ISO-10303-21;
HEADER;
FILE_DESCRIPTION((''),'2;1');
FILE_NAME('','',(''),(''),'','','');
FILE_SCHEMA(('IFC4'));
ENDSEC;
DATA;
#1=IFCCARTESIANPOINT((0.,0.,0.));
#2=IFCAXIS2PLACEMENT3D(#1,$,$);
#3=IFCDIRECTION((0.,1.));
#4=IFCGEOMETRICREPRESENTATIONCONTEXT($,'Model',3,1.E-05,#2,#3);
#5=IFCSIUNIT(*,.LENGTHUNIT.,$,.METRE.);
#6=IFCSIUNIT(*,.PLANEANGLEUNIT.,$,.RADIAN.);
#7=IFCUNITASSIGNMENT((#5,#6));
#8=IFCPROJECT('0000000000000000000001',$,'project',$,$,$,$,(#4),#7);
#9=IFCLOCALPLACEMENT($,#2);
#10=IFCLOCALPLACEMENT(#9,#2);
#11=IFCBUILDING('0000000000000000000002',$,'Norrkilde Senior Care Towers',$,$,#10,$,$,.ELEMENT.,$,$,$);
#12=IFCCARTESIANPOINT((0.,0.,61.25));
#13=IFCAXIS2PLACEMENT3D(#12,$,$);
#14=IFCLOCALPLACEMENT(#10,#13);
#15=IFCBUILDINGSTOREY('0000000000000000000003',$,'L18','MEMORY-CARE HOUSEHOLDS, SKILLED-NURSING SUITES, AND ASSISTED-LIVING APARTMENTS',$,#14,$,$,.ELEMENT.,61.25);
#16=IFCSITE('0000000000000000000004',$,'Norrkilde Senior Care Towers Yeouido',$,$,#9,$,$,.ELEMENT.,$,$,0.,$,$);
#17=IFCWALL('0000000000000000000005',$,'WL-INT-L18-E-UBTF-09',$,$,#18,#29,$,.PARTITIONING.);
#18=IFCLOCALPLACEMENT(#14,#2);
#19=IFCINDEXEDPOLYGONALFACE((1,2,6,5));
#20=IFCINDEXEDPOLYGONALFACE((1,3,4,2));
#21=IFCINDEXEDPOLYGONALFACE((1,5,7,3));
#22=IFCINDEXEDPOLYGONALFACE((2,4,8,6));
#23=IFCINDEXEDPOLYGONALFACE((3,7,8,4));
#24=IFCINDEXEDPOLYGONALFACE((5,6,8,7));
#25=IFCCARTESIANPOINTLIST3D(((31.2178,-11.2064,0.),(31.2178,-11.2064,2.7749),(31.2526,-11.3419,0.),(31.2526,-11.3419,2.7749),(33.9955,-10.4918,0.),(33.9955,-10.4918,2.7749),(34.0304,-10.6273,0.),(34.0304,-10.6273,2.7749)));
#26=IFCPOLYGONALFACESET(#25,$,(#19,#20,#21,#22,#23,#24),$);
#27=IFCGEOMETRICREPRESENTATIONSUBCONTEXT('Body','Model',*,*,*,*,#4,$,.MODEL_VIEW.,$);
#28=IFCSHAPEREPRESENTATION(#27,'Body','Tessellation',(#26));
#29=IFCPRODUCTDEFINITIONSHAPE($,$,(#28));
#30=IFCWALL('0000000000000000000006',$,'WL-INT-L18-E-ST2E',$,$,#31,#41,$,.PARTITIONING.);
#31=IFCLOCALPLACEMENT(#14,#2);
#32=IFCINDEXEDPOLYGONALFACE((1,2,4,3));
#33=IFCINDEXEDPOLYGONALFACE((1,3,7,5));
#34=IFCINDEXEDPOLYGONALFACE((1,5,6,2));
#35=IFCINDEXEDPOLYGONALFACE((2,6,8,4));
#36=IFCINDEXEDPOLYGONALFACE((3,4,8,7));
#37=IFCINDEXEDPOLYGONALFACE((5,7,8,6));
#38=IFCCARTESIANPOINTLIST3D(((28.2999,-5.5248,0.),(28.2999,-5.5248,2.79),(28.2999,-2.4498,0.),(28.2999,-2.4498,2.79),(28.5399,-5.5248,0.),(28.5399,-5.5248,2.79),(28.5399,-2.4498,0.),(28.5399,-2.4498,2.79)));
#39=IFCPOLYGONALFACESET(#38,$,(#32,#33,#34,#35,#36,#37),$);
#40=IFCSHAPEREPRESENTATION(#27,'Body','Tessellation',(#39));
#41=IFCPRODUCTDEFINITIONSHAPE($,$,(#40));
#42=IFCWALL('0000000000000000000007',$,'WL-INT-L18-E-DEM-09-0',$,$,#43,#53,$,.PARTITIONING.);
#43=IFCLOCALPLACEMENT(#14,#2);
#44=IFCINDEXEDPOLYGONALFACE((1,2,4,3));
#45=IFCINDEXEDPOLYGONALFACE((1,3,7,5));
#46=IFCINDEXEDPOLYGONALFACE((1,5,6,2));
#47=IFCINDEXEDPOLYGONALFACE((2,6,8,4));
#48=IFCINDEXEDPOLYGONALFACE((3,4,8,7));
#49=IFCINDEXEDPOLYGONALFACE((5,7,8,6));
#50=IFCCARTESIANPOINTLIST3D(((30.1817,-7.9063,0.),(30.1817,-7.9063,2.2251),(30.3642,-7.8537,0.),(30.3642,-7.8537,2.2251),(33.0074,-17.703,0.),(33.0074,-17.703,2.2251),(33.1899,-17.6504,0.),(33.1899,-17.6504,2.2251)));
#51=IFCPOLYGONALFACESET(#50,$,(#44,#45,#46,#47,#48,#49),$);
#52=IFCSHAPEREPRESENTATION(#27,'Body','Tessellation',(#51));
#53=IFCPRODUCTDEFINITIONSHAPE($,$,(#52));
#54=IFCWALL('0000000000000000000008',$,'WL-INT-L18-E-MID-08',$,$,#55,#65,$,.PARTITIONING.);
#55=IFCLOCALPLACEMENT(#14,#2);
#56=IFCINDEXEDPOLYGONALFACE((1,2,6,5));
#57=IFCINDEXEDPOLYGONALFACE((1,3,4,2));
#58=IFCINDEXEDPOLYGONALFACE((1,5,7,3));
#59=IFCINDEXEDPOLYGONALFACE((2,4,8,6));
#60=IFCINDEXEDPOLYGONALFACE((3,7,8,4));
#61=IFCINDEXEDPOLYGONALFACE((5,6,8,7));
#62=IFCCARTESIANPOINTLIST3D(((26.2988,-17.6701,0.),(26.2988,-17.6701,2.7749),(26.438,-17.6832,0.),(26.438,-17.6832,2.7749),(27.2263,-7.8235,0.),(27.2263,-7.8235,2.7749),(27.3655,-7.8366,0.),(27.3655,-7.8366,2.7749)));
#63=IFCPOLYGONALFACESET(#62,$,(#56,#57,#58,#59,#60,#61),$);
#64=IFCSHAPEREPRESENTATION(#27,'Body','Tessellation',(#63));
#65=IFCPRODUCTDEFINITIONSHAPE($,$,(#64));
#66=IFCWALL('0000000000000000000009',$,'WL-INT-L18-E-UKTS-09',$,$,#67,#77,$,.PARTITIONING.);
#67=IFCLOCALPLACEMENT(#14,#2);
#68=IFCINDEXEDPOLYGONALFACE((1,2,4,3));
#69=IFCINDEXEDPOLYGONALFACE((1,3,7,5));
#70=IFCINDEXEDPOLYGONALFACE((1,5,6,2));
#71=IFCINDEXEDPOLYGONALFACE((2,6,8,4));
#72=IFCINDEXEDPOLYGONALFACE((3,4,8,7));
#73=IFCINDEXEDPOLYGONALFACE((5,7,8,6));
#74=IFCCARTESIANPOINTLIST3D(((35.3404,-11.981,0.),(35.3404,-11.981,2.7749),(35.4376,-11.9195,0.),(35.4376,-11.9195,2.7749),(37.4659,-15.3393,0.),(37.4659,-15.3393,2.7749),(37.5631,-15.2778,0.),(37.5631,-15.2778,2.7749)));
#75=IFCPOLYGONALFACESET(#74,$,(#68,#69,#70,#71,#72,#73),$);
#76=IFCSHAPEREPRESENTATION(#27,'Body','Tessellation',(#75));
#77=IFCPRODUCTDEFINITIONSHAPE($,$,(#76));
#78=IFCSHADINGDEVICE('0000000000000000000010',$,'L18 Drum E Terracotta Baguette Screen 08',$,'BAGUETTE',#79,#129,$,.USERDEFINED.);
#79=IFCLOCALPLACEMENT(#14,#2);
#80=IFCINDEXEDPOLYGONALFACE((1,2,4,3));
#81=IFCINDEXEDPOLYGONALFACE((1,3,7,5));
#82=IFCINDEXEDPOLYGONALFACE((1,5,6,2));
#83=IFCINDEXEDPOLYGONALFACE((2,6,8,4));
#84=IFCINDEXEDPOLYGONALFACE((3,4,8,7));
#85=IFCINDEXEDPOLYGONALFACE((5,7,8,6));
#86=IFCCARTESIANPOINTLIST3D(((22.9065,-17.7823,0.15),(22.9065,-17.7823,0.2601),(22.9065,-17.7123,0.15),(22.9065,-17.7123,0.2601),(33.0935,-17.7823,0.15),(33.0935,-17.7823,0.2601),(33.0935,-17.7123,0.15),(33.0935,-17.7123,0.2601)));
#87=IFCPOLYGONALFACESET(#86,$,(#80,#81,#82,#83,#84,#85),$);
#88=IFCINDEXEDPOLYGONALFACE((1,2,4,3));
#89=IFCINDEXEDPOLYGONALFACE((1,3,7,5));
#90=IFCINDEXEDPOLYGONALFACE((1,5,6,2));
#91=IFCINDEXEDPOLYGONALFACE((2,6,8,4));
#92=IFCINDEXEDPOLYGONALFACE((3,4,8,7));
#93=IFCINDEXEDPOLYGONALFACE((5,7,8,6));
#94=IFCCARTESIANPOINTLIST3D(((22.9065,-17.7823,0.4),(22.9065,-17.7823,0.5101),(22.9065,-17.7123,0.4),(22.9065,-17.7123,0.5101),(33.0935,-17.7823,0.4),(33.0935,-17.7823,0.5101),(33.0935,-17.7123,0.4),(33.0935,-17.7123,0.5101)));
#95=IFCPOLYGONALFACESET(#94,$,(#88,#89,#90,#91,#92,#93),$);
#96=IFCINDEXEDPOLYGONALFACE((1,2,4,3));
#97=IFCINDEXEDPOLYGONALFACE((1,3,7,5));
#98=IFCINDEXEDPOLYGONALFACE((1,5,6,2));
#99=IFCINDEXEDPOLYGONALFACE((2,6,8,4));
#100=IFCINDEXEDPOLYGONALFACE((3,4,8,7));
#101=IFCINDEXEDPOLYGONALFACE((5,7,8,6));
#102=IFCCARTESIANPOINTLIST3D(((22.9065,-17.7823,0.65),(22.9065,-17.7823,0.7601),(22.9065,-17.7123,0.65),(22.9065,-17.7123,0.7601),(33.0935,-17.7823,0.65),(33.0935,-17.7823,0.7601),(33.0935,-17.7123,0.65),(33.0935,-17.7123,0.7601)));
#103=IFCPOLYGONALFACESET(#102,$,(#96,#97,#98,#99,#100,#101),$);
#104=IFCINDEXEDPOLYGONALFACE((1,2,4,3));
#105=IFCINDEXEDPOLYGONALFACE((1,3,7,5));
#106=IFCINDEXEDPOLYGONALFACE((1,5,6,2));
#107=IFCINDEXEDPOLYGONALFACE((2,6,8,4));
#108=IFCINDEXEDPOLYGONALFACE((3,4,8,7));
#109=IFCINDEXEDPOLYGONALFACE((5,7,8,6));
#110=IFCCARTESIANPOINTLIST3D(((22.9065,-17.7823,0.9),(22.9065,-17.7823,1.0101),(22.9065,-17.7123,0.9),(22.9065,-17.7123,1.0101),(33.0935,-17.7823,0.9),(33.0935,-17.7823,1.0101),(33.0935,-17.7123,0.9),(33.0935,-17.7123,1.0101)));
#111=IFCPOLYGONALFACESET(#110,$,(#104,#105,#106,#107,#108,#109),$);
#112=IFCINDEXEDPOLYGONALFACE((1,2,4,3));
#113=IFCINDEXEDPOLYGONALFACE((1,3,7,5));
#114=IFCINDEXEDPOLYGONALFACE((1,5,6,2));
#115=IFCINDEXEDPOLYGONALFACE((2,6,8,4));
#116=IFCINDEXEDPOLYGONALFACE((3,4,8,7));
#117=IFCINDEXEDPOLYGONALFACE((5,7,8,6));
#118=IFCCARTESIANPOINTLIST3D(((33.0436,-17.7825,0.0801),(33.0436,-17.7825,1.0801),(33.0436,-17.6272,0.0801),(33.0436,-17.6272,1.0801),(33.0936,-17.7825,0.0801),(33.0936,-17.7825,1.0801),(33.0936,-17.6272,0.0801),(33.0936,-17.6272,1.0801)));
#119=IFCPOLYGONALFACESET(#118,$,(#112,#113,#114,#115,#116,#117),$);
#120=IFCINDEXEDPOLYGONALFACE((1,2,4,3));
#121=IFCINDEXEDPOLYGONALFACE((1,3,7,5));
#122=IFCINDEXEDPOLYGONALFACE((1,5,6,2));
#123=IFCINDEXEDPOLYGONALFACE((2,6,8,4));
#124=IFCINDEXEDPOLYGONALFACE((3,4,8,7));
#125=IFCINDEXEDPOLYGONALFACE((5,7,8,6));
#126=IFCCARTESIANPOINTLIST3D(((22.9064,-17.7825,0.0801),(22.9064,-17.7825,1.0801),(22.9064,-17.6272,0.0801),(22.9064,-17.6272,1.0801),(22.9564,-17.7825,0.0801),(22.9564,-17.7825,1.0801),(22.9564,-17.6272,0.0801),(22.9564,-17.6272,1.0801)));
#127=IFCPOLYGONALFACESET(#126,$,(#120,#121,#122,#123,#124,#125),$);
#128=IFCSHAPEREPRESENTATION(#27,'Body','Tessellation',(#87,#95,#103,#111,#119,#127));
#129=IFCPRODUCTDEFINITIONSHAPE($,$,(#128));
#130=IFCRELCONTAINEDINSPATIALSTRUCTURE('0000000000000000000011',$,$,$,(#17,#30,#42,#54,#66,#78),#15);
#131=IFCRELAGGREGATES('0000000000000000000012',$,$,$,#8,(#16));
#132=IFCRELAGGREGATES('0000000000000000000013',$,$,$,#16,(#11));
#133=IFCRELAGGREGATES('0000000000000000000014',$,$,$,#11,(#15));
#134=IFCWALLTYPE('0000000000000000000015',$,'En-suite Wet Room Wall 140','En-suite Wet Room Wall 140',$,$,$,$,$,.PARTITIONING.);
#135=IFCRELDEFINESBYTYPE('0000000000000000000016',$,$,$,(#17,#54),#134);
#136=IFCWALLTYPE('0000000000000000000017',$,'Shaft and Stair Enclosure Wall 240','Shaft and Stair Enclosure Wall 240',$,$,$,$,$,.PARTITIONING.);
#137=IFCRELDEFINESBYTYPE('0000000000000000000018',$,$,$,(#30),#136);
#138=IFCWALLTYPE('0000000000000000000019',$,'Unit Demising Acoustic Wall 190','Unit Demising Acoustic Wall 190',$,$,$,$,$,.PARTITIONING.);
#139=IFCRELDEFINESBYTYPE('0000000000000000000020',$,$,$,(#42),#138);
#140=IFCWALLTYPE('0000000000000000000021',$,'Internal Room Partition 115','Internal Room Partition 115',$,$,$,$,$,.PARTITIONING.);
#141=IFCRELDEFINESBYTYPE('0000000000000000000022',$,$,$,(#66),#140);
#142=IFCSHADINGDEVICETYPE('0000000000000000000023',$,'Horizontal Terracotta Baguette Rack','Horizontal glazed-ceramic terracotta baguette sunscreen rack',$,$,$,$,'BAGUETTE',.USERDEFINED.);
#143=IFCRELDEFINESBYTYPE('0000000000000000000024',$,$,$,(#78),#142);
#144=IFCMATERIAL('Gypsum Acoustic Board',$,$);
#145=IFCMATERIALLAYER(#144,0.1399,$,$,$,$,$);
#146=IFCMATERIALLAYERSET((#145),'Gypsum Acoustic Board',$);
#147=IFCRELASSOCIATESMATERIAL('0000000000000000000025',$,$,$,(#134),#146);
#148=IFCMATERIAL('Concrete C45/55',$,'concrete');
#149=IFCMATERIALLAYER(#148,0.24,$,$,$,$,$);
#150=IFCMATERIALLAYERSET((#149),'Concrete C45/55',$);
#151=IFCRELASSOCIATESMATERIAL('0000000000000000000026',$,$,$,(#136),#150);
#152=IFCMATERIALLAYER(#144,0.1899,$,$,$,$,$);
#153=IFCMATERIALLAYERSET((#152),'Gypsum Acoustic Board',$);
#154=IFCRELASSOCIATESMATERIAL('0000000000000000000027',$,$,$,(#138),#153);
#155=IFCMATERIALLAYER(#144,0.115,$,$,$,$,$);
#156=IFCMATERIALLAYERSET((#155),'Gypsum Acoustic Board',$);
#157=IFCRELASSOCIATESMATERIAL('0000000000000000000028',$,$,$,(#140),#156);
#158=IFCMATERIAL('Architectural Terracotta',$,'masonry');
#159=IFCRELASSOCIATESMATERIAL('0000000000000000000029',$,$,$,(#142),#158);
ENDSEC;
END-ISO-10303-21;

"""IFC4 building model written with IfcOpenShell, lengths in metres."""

from ifc_helpers import new_model, si_unit, direction, frame, frame_2d, origin, origin_2d, place, context, subcontext, project, spatial, rectangle, extrude, source, transform, mapped, material, layer, layer_set, type_object, type_shapes, element, save


model = new_model("IFC4")

# Units and contexts
model_context = context("Model", 3, precision=1e-05, world=origin(), true_north=direction((0.0, 1.0)))
body_context = subcontext(model_context, "Body", "Model", "MODEL_VIEW")
ifc_project = project(units=[si_unit("LENGTHUNIT", "METRE"), si_unit("PLANEANGLEUNIT", "RADIAN")], contexts=[model_context])

# Site, building, storey
site_placement = place(None, origin())
site = spatial("IfcSite", under=ifc_project, at=site_placement, Name="Norrkilde Senior Care Towers Yeouido", CompositionType="ELEMENT", RefElevation=0.0)
building_placement = place(site_placement, origin())
building = spatial("IfcBuilding", under=site, at=building_placement, Name="Norrkilde Senior Care Towers", CompositionType="ELEMENT")
storey_placement = place(building_placement, frame((0.0, 0.0, 61.25)))
storey = spatial("IfcBuildingStorey", under=building, at=storey_placement, Name="L18", Description="MEMORY-CARE HOUSEHOLDS, SKILLED-NURSING SUITES, AND ASSISTED-LIVING APARTMENTS", CompositionType="ELEMENT", Elevation=61.25)

# Shared definitions
ifc_material_1 = material(Name="Concrete C45/55", Category="concrete")

# Shared definitions
ifc_material_2 = material(Name="Gypsum Acoustic Board")
ifc_layer_1 = layer(ifc_material_2, 0.1399)
ifc_layer_set_1 = layer_set([ifc_layer_1], Name="Gypsum Acoustic Board")
wall_type_1 = type_object("IfcWallType", Name="En-suite Wet Room Wall 140", Description="En-suite Wet Room Wall 140", PredefinedType="PARTITIONING", material=ifc_layer_set_1)

# Walls
shared_shape_1 = source(origin(), body_context, "Body", "SweptSolid", [
    extrude(rectangle(XDim=2.8682, YDim=0.1399, at=frame_2d((1.4341, 0.0))), origin(), (0.0, 0.0, 1.0), 2.7749),
])
wall_1_placement = place(storey_placement, frame((34.0129, -10.5596, 0.0), z_axis=(0.0, 0.0, 1.0), x_axis=(-0.968468, -0.249139, 0.0)))
element("IfcWall", 1, at=wall_1_placement, inside=storey, type_object=wall_type_1, Name="WL-INT-L18-E-UBTF-09", PredefinedType="PARTITIONING", context=body_context, shape_type="MappedRepresentation", body=[
    mapped(shared_shape_1, transform((0.0, 0.0, 0.0), x_axis=(1.0, 0.0, 0.0), y_axis=(0.0, 1.0, 0.0), z_axis=(0.0, 0.0, 1.0), scale=1.0)),
])
ifc_layer_2 = layer(ifc_material_1, 0.24)
ifc_layer_set_2 = layer_set([ifc_layer_2], Name="Concrete C45/55")
wall_type_2 = type_object("IfcWallType", Name="Shaft and Stair Enclosure Wall 240", Description="Shaft and Stair Enclosure Wall 240", PredefinedType="PARTITIONING", material=ifc_layer_set_2)
shared_shape_2 = source(origin(), body_context, "Body", "SweptSolid", [
    extrude(rectangle(XDim=3.075, YDim=0.24, at=frame_2d((1.5376, 0.0))), origin(), (0.0, 0.0, 1.0), 2.79),
])
type_shapes(wall_type_2, [shared_shape_2])
wall_2_placement = place(storey_placement, frame((28.4199, -5.5249, 0.0), z_axis=(0.0, 0.0, 1.0), x_axis=(0.0, 1.0, 0.0)))
element("IfcWall", 2, at=wall_2_placement, inside=storey, type_object=wall_type_2, Name="WL-INT-L18-E-ST2E", PredefinedType="PARTITIONING", context=body_context, shape_type="MappedRepresentation", body=[
    mapped(shared_shape_2, transform((0.0, 0.0, 0.0), x_axis=(1.0, 0.0, 0.0), y_axis=(0.0, 1.0, 0.0), z_axis=(0.0, 0.0, 1.0), scale=1.0)),
])
ifc_layer_3 = layer(ifc_material_2, 0.1899)
ifc_layer_set_3 = layer_set([ifc_layer_3], Name="Gypsum Acoustic Board")
wall_type_3 = type_object("IfcWallType", Name="Unit Demising Acoustic Wall 190", Description="Unit Demising Acoustic Wall 190", PredefinedType="PARTITIONING", material=ifc_layer_set_3)
shared_shape_3 = source(origin(), body_context, "Body", "SweptSolid", [
    extrude(rectangle(XDim=10.196, YDim=0.1899, at=frame_2d((5.0981, 0.0))), origin(), (0.0, 0.0, 1.0), 2.2251),
])
type_shapes(wall_type_3, [shared_shape_3])
wall_3_placement = place(storey_placement, frame((30.2729, -7.8799, 0.0), z_axis=(0.0, 0.0, 1.0), x_axis=(0.277136, -0.960831, 0.0)))
element("IfcWall", 3, at=wall_3_placement, inside=storey, type_object=wall_type_3, Name="WL-INT-L18-E-DEM-09-0", PredefinedType="PARTITIONING", context=body_context, shape_type="MappedRepresentation", body=[
    mapped(shared_shape_3, transform((0.0, 0.0, 0.0), x_axis=(1.0, 0.0, 0.0), y_axis=(0.0, 1.0, 0.0), z_axis=(0.0, 0.0, 1.0), scale=1.0)),
])
shared_shape_4 = source(origin(), body_context, "Body", "SweptSolid", [
    extrude(rectangle(XDim=9.8901, YDim=0.1399, at=frame_2d((4.9451, 0.0))), origin(), (0.0, 0.0, 1.0), 2.7749),
])
wall_4_placement = place(storey_placement, frame((27.2959, -7.8301, 0.0), z_axis=(0.0, 0.0, 1.0), x_axis=(-0.09378, -0.995593, 0.0)))
element("IfcWall", 4, at=wall_4_placement, inside=storey, type_object=wall_type_1, Name="WL-INT-L18-E-MID-08", PredefinedType="PARTITIONING", context=body_context, shape_type="MappedRepresentation", body=[
    mapped(shared_shape_4, transform((0.0, 0.0, 0.0), x_axis=(1.0, 0.0, 0.0), y_axis=(0.0, 1.0, 0.0), z_axis=(0.0, 0.0, 1.0), scale=1.0)),
])
ifc_layer_4 = layer(ifc_material_2, 0.115)
ifc_layer_set_4 = layer_set([ifc_layer_4], Name="Gypsum Acoustic Board")
wall_type_4 = type_object("IfcWallType", Name="Internal Room Partition 115", Description="Internal Room Partition 115", PredefinedType="PARTITIONING", material=ifc_layer_set_4)
shared_shape_5 = source(origin(), body_context, "Body", "SweptSolid", [
    extrude(rectangle(XDim=3.9744, YDim=0.115, at=frame_2d((1.9873, 0.0))), origin(), (0.0, 0.0, 1.0), 2.7749),
])
type_shapes(wall_type_4, [shared_shape_5])
wall_5_placement = place(storey_placement, frame((35.3889, -11.9502, 0.0), z_axis=(0.0, 0.0, 1.0), x_axis=(0.534811, -0.844972, 0.0)))
element("IfcWall", 5, at=wall_5_placement, inside=storey, type_object=wall_type_4, Name="WL-INT-L18-E-UKTS-09", PredefinedType="PARTITIONING", context=body_context, shape_type="MappedRepresentation", body=[
    mapped(shared_shape_5, transform((0.0, 0.0, 0.0), x_axis=(1.0, 0.0, 0.0), y_axis=(0.0, 1.0, 0.0), z_axis=(0.0, 0.0, 1.0), scale=1.0)),
])

# Shading device
ifc_material_3 = material(Name="Architectural Terracotta", Category="masonry")
shading_device_type = type_object("IfcShadingDeviceType", Name="Horizontal Terracotta Baguette Rack", Description="Horizontal glazed-ceramic terracotta baguette sunscreen rack", ElementType="BAGUETTE", PredefinedType="USERDEFINED", material=ifc_material_3)
shared_shape_6 = source(origin(), body_context, "Body", "SweptSolid", [
    extrude(rectangle(XDim=0.0701, YDim=0.1101, at=origin_2d()), frame((0.0, 0.0901, 0.125), z_axis=(1.0, 0.0, 0.0), x_axis=(0.0, 1.0, 0.0)), (0.0, 0.0, 1.0), 10.187),
    extrude(rectangle(XDim=0.0701, YDim=0.1101, at=origin_2d()), frame((0.0, 0.0901, 0.375), z_axis=(1.0, 0.0, 0.0), x_axis=(0.0, 1.0, 0.0)), (0.0, 0.0, 1.0), 10.187),
    extrude(rectangle(XDim=0.0701, YDim=0.1101, at=origin_2d()), frame((0.0, 0.0901, 0.625), z_axis=(1.0, 0.0, 0.0), x_axis=(0.0, 1.0, 0.0)), (0.0, 0.0, 1.0), 10.187),
    extrude(rectangle(XDim=0.0701, YDim=0.1101, at=origin_2d()), frame((0.0, 0.0901, 0.875), z_axis=(1.0, 0.0, 0.0), x_axis=(0.0, 1.0, 0.0)), (0.0, 0.0, 1.0), 10.187),
    extrude(rectangle(XDim=0.05, YDim=0.1553, at=origin_2d()), frame((0.0249, 0.0476, 0.0)), (0.0, 0.0, 1.0), 1.0),
    extrude(rectangle(XDim=0.05, YDim=0.1553, at=origin_2d()), frame((10.1621, 0.0476, 0.0)), (0.0, 0.0, 1.0), 1.0),
])
type_shapes(shading_device_type, [shared_shape_6])
shading_device_placement = place(storey_placement, frame((33.0935, -17.6572, 0.0801), z_axis=(0.0, 0.0, 1.0), x_axis=(-1.0, 0.0, 0.0)))
element("IfcShadingDevice", 6, at=shading_device_placement, inside=storey, type_object=shading_device_type, Name="L18 Drum E Terracotta Baguette Screen 08", ObjectType="BAGUETTE", PredefinedType="USERDEFINED", context=body_context, shape_type="MappedRepresentation", body=[
    mapped(shared_shape_6, transform((0.0, 0.0, 0.0), x_axis=(1.0, 0.0, 0.0), y_axis=(0.0, 1.0, 0.0), z_axis=(0.0, 0.0, 1.0), scale=1.0)),
])

save(model, "model.ifc")
